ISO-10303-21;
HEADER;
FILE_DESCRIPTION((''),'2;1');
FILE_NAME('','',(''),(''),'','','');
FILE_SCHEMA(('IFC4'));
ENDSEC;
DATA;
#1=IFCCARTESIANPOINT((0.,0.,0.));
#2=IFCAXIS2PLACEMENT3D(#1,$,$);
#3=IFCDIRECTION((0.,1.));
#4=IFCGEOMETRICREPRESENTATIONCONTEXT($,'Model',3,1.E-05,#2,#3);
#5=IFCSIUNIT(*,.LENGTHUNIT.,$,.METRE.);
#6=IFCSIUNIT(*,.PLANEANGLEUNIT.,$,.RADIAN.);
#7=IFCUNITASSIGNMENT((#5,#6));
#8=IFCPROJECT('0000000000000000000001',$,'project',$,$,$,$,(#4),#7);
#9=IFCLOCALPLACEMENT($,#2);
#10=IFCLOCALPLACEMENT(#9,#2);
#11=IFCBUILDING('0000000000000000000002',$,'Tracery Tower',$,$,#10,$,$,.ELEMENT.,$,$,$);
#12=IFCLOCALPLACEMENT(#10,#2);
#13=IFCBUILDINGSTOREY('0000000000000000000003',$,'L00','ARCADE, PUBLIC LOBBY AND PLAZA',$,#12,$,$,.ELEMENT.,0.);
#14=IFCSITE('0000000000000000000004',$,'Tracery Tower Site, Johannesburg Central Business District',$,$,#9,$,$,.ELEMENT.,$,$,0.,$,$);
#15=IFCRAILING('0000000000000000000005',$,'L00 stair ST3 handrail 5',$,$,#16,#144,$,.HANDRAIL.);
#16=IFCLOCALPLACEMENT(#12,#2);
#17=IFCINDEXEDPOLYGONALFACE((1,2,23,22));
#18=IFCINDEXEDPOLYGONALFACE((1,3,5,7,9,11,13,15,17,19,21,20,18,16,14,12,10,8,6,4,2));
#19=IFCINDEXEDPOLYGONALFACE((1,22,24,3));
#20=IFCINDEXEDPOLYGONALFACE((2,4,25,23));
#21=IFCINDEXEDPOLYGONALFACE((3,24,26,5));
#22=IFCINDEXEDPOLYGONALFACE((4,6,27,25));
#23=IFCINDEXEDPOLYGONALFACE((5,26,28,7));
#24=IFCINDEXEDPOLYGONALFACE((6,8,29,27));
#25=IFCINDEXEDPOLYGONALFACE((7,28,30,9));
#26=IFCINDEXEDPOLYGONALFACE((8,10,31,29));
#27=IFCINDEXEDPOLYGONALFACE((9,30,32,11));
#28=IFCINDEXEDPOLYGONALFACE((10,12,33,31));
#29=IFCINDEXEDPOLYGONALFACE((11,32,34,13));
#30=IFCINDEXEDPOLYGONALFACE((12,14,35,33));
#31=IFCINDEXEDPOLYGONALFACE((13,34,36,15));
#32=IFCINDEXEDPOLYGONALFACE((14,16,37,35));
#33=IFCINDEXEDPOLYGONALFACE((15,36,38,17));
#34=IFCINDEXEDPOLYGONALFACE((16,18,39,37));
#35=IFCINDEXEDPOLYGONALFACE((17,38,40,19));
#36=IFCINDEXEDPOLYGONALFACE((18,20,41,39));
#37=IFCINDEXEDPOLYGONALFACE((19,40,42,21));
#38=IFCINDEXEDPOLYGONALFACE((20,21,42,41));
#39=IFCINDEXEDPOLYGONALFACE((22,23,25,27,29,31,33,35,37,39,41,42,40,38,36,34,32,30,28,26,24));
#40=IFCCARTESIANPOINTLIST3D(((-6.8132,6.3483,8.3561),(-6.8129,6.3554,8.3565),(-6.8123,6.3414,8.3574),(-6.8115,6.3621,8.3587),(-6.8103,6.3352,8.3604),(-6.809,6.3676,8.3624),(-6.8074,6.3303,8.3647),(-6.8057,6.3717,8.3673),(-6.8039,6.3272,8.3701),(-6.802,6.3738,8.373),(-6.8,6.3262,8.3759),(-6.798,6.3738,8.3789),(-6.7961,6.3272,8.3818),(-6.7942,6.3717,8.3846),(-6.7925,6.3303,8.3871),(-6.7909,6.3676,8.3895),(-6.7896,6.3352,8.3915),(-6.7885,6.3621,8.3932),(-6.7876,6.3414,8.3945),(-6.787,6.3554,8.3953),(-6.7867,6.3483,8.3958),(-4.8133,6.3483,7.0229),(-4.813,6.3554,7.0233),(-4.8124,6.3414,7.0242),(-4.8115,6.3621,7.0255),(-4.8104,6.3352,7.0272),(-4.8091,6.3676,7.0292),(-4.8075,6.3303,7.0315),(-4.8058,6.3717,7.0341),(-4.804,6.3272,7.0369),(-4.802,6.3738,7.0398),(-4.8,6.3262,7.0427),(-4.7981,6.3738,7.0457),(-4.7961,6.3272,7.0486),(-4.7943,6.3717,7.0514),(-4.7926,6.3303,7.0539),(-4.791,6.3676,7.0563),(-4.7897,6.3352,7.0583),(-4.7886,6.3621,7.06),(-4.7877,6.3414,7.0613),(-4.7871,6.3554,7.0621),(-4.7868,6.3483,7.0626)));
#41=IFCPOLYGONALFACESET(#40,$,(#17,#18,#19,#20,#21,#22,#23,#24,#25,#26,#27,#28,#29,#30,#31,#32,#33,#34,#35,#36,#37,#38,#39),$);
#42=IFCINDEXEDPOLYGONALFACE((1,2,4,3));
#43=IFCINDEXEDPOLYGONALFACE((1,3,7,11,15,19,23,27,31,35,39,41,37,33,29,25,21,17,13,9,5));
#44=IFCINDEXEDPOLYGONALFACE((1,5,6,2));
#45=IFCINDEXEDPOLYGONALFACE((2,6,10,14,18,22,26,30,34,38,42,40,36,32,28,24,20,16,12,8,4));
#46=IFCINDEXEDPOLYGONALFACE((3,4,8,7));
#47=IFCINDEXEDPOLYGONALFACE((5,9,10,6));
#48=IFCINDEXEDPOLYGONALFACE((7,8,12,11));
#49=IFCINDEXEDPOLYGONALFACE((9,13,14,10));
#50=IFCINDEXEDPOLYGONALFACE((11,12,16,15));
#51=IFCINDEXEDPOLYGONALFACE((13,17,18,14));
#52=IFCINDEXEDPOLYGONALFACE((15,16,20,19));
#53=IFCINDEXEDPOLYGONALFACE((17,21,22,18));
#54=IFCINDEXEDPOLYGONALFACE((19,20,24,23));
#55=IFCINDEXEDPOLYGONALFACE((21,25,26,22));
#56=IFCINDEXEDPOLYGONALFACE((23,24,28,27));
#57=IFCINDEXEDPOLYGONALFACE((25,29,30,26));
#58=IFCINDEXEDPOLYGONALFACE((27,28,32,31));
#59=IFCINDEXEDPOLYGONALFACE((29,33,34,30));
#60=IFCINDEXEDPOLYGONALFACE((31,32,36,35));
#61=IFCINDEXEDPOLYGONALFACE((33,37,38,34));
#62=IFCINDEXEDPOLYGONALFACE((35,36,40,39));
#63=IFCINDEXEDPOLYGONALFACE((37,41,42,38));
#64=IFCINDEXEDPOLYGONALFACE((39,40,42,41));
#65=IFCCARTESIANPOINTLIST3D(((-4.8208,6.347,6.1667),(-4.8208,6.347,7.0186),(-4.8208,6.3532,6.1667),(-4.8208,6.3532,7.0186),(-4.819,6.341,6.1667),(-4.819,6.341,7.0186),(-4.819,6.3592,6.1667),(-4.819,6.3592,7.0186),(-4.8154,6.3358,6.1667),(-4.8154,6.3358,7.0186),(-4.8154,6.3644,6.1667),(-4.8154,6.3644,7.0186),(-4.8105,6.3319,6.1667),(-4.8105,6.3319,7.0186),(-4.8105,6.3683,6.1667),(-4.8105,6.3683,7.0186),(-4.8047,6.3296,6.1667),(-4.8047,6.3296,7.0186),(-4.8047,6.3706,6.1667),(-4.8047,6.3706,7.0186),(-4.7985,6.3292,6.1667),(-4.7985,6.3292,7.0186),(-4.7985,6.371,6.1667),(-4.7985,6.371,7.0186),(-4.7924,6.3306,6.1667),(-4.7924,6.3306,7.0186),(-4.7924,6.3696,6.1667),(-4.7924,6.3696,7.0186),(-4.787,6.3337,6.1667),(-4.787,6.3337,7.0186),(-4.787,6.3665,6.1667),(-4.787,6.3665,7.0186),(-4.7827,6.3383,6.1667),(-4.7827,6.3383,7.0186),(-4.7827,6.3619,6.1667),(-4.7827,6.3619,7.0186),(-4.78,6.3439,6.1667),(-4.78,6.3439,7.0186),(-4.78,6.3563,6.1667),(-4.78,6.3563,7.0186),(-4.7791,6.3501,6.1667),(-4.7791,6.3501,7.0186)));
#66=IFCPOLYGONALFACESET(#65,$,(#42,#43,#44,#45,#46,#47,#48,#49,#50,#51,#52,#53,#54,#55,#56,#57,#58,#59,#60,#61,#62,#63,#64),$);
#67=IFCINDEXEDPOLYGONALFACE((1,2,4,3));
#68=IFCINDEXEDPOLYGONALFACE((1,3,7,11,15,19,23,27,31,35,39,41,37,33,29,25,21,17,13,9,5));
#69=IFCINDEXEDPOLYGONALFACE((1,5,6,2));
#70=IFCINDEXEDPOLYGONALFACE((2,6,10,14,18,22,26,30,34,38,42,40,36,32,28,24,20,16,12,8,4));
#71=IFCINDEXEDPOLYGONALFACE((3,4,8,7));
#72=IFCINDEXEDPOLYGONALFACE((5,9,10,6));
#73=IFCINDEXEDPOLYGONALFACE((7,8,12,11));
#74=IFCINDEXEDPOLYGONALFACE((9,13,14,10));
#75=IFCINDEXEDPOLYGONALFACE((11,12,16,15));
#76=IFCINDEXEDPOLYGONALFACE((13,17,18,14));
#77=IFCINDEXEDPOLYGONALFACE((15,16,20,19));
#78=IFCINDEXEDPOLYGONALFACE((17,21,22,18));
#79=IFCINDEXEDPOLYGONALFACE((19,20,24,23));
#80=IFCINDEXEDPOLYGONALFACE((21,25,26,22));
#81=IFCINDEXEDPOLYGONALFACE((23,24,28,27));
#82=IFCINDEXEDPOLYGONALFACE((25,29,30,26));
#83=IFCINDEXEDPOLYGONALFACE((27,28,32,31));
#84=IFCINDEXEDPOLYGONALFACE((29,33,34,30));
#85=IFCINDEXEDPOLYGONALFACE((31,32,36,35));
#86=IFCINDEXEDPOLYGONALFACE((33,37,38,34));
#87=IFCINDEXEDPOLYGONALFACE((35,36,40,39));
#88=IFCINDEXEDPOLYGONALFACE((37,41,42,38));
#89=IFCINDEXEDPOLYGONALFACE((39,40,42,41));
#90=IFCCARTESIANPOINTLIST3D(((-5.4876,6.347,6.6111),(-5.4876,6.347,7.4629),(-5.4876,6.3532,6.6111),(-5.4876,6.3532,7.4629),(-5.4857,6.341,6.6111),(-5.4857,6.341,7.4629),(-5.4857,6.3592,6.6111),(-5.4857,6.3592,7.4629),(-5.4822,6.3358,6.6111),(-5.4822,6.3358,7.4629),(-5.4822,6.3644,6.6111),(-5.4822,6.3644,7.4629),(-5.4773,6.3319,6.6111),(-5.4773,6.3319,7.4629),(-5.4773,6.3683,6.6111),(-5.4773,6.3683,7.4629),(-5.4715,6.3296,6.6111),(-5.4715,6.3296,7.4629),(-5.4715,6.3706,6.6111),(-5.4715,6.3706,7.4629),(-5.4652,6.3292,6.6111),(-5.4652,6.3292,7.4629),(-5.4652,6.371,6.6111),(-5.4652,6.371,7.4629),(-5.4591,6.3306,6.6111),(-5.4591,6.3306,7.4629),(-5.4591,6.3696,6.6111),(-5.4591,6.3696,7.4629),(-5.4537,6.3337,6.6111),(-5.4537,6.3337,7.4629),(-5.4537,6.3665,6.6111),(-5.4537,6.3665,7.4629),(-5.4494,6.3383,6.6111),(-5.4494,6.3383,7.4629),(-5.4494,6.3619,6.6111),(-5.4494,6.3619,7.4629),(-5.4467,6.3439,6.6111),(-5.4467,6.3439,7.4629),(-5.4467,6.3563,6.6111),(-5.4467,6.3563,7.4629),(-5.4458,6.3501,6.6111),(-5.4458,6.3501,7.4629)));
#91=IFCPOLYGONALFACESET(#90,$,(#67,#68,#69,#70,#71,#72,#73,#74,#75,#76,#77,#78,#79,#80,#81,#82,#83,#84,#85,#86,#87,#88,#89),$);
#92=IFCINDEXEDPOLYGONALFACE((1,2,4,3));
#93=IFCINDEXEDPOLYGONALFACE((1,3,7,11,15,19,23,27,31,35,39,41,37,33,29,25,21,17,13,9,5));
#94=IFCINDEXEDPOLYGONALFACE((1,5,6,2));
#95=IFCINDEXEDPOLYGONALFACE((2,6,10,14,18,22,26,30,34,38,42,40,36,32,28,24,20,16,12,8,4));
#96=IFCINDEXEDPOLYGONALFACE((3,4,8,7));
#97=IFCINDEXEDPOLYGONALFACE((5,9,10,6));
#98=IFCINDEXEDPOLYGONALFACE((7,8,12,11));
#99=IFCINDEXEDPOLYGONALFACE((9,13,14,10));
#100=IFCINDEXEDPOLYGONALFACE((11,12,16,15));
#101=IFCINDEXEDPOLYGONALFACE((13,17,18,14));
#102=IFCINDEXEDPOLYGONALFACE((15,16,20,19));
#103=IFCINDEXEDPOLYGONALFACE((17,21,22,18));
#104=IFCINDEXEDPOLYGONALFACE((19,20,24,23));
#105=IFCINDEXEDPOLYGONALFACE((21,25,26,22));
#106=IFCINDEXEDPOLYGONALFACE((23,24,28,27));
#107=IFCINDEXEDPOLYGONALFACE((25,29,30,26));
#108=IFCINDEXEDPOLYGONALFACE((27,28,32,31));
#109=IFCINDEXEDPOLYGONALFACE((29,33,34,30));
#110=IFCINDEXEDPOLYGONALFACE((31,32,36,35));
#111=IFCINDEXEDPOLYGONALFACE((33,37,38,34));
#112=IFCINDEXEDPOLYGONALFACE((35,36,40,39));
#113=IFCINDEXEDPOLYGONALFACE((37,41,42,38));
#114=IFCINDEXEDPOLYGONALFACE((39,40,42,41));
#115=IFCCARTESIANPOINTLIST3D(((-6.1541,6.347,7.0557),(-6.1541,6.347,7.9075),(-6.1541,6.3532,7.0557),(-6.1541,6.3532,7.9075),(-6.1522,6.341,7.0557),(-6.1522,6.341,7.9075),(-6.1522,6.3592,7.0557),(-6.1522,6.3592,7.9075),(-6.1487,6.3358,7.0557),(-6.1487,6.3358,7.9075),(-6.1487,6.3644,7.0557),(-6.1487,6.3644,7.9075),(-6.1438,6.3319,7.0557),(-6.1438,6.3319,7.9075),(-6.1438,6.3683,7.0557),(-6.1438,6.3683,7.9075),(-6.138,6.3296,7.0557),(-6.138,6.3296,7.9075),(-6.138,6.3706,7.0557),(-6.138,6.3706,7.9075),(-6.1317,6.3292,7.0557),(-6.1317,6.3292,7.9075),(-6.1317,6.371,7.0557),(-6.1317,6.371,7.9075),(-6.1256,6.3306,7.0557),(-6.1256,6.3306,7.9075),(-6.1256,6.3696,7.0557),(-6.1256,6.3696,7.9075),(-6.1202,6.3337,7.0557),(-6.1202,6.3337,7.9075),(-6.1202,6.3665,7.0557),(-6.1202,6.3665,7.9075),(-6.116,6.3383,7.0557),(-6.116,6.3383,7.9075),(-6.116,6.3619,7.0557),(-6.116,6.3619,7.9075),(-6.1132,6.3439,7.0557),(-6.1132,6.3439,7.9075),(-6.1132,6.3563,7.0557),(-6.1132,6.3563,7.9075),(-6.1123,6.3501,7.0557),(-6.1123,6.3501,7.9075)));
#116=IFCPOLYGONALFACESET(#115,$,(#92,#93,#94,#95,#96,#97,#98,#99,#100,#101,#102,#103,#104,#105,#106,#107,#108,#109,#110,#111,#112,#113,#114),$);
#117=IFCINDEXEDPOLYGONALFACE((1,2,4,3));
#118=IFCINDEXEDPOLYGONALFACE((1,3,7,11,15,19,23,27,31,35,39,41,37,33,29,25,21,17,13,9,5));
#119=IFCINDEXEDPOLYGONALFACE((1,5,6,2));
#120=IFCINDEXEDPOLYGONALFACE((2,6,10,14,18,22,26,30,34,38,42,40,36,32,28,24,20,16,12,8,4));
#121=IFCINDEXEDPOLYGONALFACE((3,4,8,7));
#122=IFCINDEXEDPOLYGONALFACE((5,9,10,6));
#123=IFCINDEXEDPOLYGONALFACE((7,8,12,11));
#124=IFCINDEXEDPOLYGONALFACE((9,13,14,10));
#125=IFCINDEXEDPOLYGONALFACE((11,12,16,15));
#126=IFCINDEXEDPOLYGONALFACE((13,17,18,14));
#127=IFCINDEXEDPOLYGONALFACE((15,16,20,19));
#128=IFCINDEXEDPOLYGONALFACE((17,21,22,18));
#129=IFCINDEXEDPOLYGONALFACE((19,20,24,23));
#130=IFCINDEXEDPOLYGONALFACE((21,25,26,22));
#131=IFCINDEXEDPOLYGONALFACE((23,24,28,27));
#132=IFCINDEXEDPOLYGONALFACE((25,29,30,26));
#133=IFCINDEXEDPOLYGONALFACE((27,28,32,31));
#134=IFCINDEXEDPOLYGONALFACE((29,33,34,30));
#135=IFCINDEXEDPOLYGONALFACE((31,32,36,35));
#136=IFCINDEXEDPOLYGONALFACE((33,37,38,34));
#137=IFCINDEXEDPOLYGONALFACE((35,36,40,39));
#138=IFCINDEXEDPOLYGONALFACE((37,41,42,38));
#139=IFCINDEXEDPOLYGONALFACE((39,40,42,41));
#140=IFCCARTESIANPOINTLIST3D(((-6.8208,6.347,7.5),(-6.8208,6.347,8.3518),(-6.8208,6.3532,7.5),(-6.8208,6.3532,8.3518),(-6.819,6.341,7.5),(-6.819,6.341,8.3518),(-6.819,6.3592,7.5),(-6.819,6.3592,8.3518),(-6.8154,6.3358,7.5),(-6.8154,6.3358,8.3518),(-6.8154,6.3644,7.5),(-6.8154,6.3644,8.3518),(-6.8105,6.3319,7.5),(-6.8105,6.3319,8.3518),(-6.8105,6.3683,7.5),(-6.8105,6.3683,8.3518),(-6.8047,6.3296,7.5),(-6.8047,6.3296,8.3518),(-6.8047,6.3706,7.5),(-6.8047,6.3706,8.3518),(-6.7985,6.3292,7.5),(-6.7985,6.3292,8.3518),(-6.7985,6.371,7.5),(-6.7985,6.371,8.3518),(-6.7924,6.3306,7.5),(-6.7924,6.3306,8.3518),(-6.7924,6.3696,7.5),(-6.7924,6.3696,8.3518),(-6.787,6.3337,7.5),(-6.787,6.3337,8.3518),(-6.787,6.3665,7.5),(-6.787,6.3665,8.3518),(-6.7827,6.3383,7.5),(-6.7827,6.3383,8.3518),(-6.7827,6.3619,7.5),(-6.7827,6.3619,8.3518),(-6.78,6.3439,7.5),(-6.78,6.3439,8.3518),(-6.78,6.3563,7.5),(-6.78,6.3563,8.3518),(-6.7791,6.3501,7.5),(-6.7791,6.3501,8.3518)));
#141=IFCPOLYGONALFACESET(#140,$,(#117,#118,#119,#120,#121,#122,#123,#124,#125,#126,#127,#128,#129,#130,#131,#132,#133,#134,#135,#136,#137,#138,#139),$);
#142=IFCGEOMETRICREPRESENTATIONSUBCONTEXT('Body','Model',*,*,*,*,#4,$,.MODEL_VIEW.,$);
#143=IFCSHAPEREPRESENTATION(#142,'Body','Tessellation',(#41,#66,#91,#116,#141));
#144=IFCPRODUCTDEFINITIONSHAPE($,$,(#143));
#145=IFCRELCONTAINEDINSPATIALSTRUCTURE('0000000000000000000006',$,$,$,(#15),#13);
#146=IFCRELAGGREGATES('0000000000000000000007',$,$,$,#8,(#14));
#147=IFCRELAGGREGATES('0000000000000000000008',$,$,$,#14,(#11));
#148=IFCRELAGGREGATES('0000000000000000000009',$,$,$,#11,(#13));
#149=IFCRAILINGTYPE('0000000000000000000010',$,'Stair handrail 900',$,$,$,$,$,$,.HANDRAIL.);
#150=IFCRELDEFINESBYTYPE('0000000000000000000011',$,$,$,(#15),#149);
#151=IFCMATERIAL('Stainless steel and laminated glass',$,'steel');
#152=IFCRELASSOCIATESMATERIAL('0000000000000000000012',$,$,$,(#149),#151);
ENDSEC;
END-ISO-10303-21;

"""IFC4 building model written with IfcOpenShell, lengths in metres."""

from ifc_helpers import new_model, si_unit, direction, frame, origin, origin_2d, place, context, subcontext, project, spatial, circle, extrude, material, type_object, element, save


model = new_model("IFC4")

# Units and contexts
model_context = context("Model", 3, precision=1e-05, world=origin(), true_north=direction((0.0, 1.0)))
body_context = subcontext(model_context, "Body", "Model", "MODEL_VIEW")
ifc_project = project(units=[si_unit("LENGTHUNIT", "METRE"), si_unit("PLANEANGLEUNIT", "RADIAN")], contexts=[model_context])

# Site, building, storey
site_placement = place(None, origin())
site = spatial("IfcSite", under=ifc_project, at=site_placement, Name="Tracery Tower Site, Johannesburg Central Business District", CompositionType="ELEMENT", RefElevation=0.0)
building_placement = place(site_placement, origin())
building = spatial("IfcBuilding", under=site, at=building_placement, Name="Tracery Tower", CompositionType="ELEMENT")
storey_placement = place(building_placement, origin())
storey = spatial("IfcBuildingStorey", under=building, at=storey_placement, Name="L00", Description="ARCADE, PUBLIC LOBBY AND PLAZA", CompositionType="ELEMENT", Elevation=0.0)

# Railing
ifc_material_1 = material(Name="Stainless steel and laminated glass", Category="steel")
railing_type_1 = type_object("IfcRailingType", Name="Stair handrail 900", PredefinedType="HANDRAIL", material=ifc_material_1)
railing_1_placement = place(storey_placement, frame((-4.8, 6.3501, 6.1667)))
element("IfcRailing", 1, at=railing_1_placement, inside=storey, type_object=railing_type_1, Name="L00 stair ST3 handrail 5", PredefinedType="HANDRAIL", context=body_context, shape_type="SweptSolid", body=[
    extrude(circle(Radius=0.0239, at=origin_2d()), frame((0.0, 0.0, 0.876), z_axis=(-0.832066, 0.0, 0.554677), x_axis=(0.0, -1.0, 0.0)), (0.0, 0.0, 1.0), 2.4036),
    extrude(circle(Radius=0.021, at=origin_2d()), origin(), (0.0, 0.0, 1.0), 0.8518),
    extrude(circle(Radius=0.021, at=origin_2d()), frame((-0.6667, 0.0, 0.4443)), (0.0, 0.0, 1.0), 0.8518),
    extrude(circle(Radius=0.021, at=origin_2d()), frame((-1.3333, 0.0, 0.8889)), (0.0, 0.0, 1.0), 0.8518),
    extrude(circle(Radius=0.021, at=origin_2d()), frame((-2.0, 0.0, 1.3333)), (0.0, 0.0, 1.0), 0.8518),
])

save(model, "model.ifc")
